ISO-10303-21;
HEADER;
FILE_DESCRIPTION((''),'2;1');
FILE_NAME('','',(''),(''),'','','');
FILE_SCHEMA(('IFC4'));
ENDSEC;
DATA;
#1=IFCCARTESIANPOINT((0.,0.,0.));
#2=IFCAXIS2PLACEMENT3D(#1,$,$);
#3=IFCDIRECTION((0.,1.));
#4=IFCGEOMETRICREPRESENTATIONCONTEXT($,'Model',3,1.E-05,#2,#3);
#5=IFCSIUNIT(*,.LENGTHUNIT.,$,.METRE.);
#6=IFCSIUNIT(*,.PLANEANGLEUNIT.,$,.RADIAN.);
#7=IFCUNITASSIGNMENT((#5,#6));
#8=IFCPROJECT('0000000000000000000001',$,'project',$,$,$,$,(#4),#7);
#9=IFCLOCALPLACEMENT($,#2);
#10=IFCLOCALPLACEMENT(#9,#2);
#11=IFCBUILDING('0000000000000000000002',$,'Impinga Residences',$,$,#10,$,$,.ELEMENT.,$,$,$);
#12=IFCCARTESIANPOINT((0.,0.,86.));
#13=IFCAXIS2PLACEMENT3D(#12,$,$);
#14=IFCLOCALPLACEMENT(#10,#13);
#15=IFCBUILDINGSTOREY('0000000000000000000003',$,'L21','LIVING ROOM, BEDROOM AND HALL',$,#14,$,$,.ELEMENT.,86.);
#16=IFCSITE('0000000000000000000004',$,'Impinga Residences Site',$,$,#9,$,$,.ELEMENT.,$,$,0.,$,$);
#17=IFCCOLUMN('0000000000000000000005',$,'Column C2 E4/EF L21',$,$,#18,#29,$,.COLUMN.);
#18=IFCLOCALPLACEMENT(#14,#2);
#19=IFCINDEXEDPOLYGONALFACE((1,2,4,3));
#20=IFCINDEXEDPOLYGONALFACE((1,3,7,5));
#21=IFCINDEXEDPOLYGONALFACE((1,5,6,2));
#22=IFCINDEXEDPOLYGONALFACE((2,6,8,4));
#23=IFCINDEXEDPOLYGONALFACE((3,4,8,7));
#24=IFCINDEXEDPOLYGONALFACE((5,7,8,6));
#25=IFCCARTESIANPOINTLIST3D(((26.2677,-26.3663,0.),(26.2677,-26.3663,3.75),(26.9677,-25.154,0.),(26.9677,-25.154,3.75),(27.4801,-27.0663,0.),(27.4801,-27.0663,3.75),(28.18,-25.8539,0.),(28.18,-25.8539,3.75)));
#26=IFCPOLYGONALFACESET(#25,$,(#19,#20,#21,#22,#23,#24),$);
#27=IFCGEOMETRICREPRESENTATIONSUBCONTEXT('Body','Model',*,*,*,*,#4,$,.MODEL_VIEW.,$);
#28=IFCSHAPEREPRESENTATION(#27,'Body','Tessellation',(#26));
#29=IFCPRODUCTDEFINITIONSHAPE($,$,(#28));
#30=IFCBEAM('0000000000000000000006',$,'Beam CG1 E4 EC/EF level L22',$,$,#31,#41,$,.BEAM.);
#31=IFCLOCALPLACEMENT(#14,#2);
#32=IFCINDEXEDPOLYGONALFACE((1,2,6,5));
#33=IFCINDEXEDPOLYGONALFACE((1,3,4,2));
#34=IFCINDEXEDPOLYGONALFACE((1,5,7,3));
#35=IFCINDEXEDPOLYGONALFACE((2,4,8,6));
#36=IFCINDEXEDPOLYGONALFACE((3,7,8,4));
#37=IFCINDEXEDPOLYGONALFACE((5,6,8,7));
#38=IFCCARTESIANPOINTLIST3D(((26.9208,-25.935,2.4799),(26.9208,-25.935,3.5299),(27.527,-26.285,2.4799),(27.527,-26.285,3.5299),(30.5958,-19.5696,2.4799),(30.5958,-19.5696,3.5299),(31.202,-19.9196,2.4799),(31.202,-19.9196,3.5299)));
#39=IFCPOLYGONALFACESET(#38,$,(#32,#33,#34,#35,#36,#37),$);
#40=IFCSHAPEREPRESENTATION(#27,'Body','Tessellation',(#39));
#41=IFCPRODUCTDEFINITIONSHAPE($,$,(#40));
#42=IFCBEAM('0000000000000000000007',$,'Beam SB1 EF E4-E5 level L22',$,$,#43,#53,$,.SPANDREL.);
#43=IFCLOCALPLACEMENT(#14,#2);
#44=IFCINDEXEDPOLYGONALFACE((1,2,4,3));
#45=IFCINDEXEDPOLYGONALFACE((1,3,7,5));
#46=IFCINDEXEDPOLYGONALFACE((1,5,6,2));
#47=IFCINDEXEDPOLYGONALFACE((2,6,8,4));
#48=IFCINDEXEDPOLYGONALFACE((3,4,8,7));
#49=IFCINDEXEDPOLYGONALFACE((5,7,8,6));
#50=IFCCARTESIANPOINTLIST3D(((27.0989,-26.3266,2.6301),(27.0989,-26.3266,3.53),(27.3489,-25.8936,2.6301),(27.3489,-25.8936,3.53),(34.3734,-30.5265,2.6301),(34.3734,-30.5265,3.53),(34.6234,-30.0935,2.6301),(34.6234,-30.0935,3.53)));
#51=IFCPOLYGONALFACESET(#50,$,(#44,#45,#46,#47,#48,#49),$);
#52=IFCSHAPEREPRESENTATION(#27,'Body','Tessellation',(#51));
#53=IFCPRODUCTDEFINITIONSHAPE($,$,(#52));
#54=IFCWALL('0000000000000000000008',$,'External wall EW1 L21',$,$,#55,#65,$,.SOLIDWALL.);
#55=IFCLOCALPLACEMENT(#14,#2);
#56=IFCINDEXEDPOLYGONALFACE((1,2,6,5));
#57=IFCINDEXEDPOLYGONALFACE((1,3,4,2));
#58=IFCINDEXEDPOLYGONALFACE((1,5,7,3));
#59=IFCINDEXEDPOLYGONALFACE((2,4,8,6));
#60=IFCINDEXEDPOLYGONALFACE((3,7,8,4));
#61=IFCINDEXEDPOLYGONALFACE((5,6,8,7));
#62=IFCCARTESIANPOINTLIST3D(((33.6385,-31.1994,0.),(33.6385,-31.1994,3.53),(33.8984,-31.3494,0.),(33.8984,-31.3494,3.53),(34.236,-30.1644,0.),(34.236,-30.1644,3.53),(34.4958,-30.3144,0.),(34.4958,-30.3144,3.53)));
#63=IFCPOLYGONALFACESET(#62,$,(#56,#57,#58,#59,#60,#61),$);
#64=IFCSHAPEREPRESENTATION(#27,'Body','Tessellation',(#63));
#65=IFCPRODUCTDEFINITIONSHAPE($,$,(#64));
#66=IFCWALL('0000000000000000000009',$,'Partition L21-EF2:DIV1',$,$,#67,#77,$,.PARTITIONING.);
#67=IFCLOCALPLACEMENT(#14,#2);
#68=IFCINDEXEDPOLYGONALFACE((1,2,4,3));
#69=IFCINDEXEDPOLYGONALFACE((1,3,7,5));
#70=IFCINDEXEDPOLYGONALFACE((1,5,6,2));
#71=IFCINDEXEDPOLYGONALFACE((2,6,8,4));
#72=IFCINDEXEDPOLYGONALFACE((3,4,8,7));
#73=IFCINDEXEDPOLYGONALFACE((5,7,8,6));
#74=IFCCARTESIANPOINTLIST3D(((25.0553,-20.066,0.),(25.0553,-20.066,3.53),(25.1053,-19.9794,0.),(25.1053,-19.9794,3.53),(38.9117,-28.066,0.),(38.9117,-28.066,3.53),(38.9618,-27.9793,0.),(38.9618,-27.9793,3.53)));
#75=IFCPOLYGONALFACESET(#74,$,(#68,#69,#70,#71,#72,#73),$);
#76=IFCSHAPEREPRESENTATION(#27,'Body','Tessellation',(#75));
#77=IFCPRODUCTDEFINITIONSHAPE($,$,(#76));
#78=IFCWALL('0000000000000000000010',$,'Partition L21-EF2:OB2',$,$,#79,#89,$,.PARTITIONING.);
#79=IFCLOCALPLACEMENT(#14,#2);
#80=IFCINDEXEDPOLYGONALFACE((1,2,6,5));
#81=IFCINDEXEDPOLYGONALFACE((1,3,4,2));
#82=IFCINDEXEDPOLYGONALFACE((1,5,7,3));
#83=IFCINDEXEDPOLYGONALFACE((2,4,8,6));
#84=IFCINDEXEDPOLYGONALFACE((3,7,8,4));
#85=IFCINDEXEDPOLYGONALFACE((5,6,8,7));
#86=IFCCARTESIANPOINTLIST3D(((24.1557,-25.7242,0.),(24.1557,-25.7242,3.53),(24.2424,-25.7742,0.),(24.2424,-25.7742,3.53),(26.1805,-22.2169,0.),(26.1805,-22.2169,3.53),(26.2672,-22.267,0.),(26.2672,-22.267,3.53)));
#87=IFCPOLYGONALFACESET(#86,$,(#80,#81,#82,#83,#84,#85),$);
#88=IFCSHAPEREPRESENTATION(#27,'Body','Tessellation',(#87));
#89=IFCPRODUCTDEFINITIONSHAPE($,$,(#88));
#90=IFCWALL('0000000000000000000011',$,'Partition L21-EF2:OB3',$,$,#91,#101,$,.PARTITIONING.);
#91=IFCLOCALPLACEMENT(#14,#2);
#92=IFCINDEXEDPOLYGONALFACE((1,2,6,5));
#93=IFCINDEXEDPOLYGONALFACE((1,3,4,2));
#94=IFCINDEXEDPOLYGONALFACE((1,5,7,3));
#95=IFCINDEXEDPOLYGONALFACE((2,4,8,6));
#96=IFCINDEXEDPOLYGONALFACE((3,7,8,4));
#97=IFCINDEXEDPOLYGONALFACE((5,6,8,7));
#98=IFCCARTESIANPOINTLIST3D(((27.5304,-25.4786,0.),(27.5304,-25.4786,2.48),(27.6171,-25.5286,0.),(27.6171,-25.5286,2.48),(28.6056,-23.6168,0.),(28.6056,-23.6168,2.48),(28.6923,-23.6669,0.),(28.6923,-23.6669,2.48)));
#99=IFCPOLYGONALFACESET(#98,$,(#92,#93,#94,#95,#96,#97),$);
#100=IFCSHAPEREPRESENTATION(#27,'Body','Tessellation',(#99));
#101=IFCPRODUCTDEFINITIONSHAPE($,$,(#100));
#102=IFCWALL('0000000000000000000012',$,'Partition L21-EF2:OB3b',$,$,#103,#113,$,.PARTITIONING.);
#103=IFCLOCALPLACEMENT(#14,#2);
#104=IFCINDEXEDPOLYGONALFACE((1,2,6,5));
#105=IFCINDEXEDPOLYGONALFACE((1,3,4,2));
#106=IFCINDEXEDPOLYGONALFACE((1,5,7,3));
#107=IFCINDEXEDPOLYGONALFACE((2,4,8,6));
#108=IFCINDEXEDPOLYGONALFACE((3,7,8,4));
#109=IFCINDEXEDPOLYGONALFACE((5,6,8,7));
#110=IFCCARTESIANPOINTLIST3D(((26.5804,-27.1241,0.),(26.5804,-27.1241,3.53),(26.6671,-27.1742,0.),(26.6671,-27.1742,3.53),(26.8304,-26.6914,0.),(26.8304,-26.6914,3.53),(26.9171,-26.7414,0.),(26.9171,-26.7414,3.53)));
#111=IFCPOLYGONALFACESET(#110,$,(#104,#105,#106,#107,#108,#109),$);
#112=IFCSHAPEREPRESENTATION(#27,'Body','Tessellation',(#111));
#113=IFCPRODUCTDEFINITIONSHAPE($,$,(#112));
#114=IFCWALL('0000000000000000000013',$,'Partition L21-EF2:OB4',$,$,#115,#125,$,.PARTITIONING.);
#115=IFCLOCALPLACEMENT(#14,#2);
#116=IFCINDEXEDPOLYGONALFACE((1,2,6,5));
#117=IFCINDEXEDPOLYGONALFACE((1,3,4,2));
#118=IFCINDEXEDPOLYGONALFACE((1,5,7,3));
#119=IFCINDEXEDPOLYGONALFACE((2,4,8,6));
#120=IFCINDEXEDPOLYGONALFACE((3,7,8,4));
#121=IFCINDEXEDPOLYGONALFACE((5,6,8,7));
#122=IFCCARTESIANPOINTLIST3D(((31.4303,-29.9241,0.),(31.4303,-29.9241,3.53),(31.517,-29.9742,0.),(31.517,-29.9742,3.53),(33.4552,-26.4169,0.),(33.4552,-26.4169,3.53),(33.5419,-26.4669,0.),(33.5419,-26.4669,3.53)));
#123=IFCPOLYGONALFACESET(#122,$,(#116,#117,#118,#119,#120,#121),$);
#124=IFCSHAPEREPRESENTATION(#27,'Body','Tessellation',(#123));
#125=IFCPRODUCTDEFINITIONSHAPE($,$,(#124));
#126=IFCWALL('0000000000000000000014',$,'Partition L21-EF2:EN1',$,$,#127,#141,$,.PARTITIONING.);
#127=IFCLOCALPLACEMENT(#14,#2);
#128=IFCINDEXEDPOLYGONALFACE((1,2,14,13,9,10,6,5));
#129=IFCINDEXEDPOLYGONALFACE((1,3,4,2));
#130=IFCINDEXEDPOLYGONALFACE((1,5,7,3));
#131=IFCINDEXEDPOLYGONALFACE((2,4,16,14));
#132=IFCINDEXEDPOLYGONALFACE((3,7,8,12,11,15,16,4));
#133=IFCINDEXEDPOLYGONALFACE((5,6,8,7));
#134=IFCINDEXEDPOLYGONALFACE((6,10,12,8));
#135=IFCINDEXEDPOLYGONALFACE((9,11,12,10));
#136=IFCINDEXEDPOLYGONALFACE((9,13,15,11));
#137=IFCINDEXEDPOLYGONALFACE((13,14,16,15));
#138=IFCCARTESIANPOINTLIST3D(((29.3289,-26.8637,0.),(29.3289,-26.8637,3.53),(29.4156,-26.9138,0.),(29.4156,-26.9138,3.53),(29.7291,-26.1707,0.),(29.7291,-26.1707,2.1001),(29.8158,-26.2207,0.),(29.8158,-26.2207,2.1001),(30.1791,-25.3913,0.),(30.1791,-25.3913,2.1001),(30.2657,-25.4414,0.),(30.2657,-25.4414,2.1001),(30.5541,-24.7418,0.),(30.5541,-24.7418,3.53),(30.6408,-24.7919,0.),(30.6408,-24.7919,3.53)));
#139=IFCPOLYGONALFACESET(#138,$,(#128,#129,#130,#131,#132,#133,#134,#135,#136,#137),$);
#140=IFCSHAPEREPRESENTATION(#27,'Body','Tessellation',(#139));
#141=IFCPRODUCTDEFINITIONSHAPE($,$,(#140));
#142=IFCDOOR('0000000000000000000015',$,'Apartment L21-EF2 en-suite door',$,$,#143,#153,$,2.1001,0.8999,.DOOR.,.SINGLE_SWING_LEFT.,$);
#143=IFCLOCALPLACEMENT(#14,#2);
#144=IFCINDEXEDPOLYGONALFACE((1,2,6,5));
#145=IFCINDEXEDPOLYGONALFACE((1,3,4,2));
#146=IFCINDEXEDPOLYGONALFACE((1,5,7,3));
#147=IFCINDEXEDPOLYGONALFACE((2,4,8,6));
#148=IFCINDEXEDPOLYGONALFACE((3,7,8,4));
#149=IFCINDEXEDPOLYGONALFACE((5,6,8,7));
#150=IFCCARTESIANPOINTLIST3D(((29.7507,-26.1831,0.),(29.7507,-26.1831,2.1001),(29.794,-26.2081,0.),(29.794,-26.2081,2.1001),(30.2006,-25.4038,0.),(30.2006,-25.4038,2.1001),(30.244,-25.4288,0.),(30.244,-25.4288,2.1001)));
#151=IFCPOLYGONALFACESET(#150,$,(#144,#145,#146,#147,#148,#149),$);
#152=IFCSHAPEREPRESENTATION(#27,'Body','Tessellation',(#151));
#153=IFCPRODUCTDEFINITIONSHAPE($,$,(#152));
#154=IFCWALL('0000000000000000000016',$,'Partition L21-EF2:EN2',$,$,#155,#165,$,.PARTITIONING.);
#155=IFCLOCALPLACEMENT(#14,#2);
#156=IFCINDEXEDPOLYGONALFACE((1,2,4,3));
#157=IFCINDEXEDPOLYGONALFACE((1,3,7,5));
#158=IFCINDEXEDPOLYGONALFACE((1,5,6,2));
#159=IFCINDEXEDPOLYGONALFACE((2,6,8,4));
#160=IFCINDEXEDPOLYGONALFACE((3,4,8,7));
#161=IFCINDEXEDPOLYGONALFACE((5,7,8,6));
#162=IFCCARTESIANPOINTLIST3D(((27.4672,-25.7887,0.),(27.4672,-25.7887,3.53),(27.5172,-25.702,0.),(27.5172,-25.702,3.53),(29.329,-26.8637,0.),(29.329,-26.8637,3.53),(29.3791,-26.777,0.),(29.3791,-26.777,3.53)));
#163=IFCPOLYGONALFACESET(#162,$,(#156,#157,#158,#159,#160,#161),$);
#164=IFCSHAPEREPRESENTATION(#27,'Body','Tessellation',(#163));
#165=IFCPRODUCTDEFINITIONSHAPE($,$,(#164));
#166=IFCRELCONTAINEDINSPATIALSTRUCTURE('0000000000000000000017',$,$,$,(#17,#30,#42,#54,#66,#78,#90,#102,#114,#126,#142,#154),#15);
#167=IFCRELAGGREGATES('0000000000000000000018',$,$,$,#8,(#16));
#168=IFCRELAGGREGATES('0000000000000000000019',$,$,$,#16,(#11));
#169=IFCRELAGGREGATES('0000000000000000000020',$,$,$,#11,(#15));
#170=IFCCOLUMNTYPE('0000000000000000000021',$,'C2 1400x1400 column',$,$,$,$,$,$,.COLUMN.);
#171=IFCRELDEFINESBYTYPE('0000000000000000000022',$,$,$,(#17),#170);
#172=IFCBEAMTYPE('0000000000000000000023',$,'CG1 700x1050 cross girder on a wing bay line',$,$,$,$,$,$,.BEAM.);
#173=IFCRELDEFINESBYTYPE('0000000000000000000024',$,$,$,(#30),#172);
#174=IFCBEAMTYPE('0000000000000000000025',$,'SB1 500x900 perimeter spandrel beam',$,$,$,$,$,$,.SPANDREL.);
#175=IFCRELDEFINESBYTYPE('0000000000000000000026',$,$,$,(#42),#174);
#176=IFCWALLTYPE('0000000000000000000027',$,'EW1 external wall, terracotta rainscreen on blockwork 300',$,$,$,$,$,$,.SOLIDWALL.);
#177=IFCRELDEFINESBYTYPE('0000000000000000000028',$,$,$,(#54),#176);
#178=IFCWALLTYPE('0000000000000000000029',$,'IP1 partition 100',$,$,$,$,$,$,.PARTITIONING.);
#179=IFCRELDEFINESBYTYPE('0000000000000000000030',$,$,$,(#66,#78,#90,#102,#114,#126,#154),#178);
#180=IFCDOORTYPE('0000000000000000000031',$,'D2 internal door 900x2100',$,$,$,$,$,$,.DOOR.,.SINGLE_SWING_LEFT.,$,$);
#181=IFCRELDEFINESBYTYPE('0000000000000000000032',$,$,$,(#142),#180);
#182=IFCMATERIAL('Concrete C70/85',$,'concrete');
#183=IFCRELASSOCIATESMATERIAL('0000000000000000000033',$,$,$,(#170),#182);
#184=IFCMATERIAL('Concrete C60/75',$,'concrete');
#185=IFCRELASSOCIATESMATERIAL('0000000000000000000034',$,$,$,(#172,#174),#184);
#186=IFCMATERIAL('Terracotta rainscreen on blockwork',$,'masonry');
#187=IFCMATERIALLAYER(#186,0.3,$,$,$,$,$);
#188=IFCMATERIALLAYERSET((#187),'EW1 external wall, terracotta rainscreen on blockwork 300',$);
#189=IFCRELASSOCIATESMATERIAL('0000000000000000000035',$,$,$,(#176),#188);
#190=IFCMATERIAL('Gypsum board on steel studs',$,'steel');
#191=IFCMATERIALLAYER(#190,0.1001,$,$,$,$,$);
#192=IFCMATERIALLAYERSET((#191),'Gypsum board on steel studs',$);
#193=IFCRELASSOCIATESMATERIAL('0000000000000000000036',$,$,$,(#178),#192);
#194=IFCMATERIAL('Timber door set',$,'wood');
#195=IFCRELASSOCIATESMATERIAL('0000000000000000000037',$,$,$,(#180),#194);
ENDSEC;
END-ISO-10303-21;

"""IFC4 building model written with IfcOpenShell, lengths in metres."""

from ifc_helpers import new_model, si_unit, direction, frame, frame_2d, origin, origin_2d, place, context, subcontext, project, spatial, rectangle, extrude, material, layer, layer_set, material_profile, profile_set, type_object, element, fill, save


model = new_model("IFC4")

# Units and contexts
model_context = context("Model", 3, precision=1e-05, world=origin(), true_north=direction((0.0, 1.0)))
body_context = subcontext(model_context, "Body", "Model", "MODEL_VIEW")
ifc_project = project(units=[si_unit("LENGTHUNIT", "METRE"), si_unit("PLANEANGLEUNIT", "RADIAN")], contexts=[model_context])

# Site, building, storey
site_placement = place(None, origin())
site = spatial("IfcSite", under=ifc_project, at=site_placement, Name="Impinga Residences Site", CompositionType="ELEMENT", RefElevation=0.0)
building_placement = place(site_placement, origin())
building = spatial("IfcBuilding", under=site, at=building_placement, Name="Impinga Residences", CompositionType="ELEMENT")
storey_placement = place(building_placement, frame((0.0, 0.0, 86.0)))
storey = spatial("IfcBuildingStorey", under=building, at=storey_placement, Name="L21", Description="LIVING ROOM, BEDROOM AND HALL", CompositionType="ELEMENT", Elevation=86.0)

# Column
ifc_material_1 = material(Name="Concrete C70/85", Category="concrete")
ifc_material_profile_1 = material_profile(ifc_material_1, rectangle(XDim=1.3999, YDim=1.3999, at=origin_2d()), Name="RC 1400x1400")
ifc_profile_set_1 = profile_set([ifc_material_profile_1], Name="Concrete C70/85")
column_type = type_object("IfcColumnType", Name="C2 1400x1400 column", PredefinedType="COLUMN", material=ifc_profile_set_1)
column_placement = place(storey_placement, frame((27.2239, -26.1101, 0.0), z_axis=(0.0, 0.0, 1.0), x_axis=(-0.5, -0.866025, 0.0)))
element("IfcColumn", 1, at=column_placement, inside=storey, type_object=column_type, Name="Column C2 E4/EF L21", PredefinedType="COLUMN", context=body_context, shape_type="SweptSolid", body=[
    extrude(rectangle(XDim=1.3999, YDim=1.3999, at=origin_2d()), origin(), (0.0, 0.0, 1.0), 3.75),
])

# Beams
ifc_material_2 = material(Name="Concrete C60/75", Category="concrete")
ifc_material_profile_2 = material_profile(ifc_material_2, rectangle(XDim=0.7, YDim=1.05, at=origin_2d()), Name="RC 700x1050")
ifc_profile_set_2 = profile_set([ifc_material_profile_2], Name="Concrete C60/75")
beam_type_1 = type_object("IfcBeamType", Name="CG1 700x1050 cross girder on a wing bay line", PredefinedType="BEAM", material=ifc_profile_set_2)
beam_1_placement = place(storey_placement, frame((30.8989, -19.7446, 3.0049), z_axis=(-0.499994, -0.866029, 0.0), x_axis=(0.866029, -0.499994, 0.0)))
element("IfcBeam", 2, at=beam_1_placement, inside=storey, type_object=beam_type_1, Name="Beam CG1 E4 EC/EF level L22", PredefinedType="BEAM", context=body_context, shape_type="SweptSolid", body=[
    extrude(rectangle(XDim=0.7, YDim=1.05, at=origin_2d()), origin(), (0.0, 0.0, 1.0), 7.3501),
])
ifc_material_profile_3 = material_profile(ifc_material_2, rectangle(XDim=0.5, YDim=0.8999, at=origin_2d()), Name="RC 500x900")
ifc_profile_set_3 = profile_set([ifc_material_profile_3], Name="Concrete C60/75")
beam_type_2 = type_object("IfcBeamType", Name="SB1 500x900 perimeter spandrel beam", PredefinedType="SPANDREL", material=ifc_profile_set_3)
beam_2_placement = place(storey_placement, frame((27.2239, -26.1101, 3.0801), z_axis=(0.866029, -0.499993, 0.0), x_axis=(0.499993, 0.866029, 0.0)))
element("IfcBeam", 3, at=beam_2_placement, inside=storey, type_object=beam_type_2, Name="Beam SB1 EF E4-E5 level L22", PredefinedType="SPANDREL", context=body_context, shape_type="SweptSolid", body=[
    extrude(rectangle(XDim=0.5, YDim=0.8999, at=origin_2d()), origin(), (0.0, 0.0, 1.0), 8.3999),
])

# Wall
ifc_material_3 = material(Name="Terracotta rainscreen on blockwork", Category="masonry")
ifc_layer_1 = layer(ifc_material_3, 0.3)
ifc_layer_set_1 = layer_set([ifc_layer_1], Name="EW1 external wall, terracotta rainscreen on blockwork 300")
wall_type_1 = type_object("IfcWallType", Name="EW1 external wall, terracotta rainscreen on blockwork 300", PredefinedType="SOLIDWALL", material=ifc_layer_set_1)
wall_1_placement = place(storey_placement, frame((34.366, -30.2393, 0.0), z_axis=(0.0, 0.0, 1.0), x_axis=(-0.499941, -0.86606, 0.0)))
element("IfcWall", 4, at=wall_1_placement, inside=storey, type_object=wall_type_1, Name="External wall EW1 L21", PredefinedType="SOLIDWALL", context=body_context, shape_type="SweptSolid", body=[
    extrude(rectangle(XDim=1.1951, YDim=0.3, at=frame_2d((0.5977, 0.0))), origin(), (0.0, 0.0, 1.0), 3.53),
])

# Walls
ifc_material_4 = material(Name="Gypsum board on steel studs", Category="steel")
ifc_layer_2 = layer(ifc_material_4, 0.1001)
ifc_layer_set_2 = layer_set([ifc_layer_2], Name="Gypsum board on steel studs")
wall_type_2 = type_object("IfcWallType", Name="IP1 partition 100", PredefinedType="PARTITIONING", material=ifc_layer_set_2)
wall_2_placement = place(storey_placement, frame((25.0803, -20.0227, 0.0), z_axis=(0.0, 0.0, 1.0), x_axis=(0.866026, -0.499999, 0.0)))
element("IfcWall", 5, at=wall_2_placement, inside=storey, type_object=wall_type_2, Name="Partition L21-EF2:DIV1", PredefinedType="PARTITIONING", context=body_context, shape_type="SweptSolid", body=[
    extrude(rectangle(XDim=16.0, YDim=0.1001, at=frame_2d((8.0, 0.0))), origin(), (0.0, 0.0, 1.0), 3.53),
])
wall_3_placement = place(storey_placement, frame((26.2239, -22.2419, 0.0), z_axis=(0.0, 0.0, 1.0), x_axis=(-0.49999, -0.866031, 0.0)))
element("IfcWall", 6, at=wall_3_placement, inside=storey, type_object=wall_type_2, Name="Partition L21-EF2:OB2", PredefinedType="PARTITIONING", context=body_context, shape_type="SweptSolid", body=[
    extrude(rectangle(XDim=4.0498, YDim=0.1001, at=frame_2d((2.0249, 0.0))), origin(), (0.0, 0.0, 1.0), 3.53),
])
wall_4_placement = place(storey_placement, frame((28.6489, -23.6418, 0.0), z_axis=(0.0, 0.0, 1.0), x_axis=(-0.500096, -0.86597, 0.0)))
element("IfcWall", 7, at=wall_4_placement, inside=storey, type_object=wall_type_2, Name="Partition L21-EF2:OB3", PredefinedType="PARTITIONING", context=body_context, shape_type="SweptSolid", body=[
    extrude(rectangle(XDim=2.1499, YDim=0.1001, at=frame_2d((1.075, 0.0))), origin(), (0.0, 0.0, 1.0), 2.48),
])
wall_5_placement = place(storey_placement, frame((26.8738, -26.7163, 0.0), z_axis=(0.0, 0.0, 1.0), x_axis=(-0.500131, -0.86595, 0.0)))
element("IfcWall", 8, at=wall_5_placement, inside=storey, type_object=wall_type_2, Name="Partition L21-EF2:OB3b", PredefinedType="PARTITIONING", context=body_context, shape_type="SweptSolid", body=[
    extrude(rectangle(XDim=0.4998, YDim=0.1001, at=frame_2d((0.25, 0.0))), origin(), (0.0, 0.0, 1.0), 3.53),
])
wall_6_placement = place(storey_placement, frame((33.4985, -26.4419, 0.0), z_axis=(0.0, 0.0, 1.0), x_axis=(-0.49999, -0.866031, 0.0)))
element("IfcWall", 9, at=wall_6_placement, inside=storey, type_object=wall_type_2, Name="Partition L21-EF2:OB4", PredefinedType="PARTITIONING", context=body_context, shape_type="SweptSolid", body=[
    extrude(rectangle(XDim=4.0498, YDim=0.1001, at=frame_2d((2.0249, 0.0))), origin(), (0.0, 0.0, 1.0), 3.53),
])

# Wall, opening, door
wall_7_placement = place(storey_placement, frame((30.5974, -24.7668, 0.0), z_axis=(0.0, 0.0, 1.0), x_axis=(-0.500019, -0.866015, 0.0)))
wall_7 = element("IfcWall", 10, at=wall_7_placement, inside=storey, type_object=wall_type_2, Name="Partition L21-EF2:EN1", PredefinedType="PARTITIONING", context=body_context, shape_type="SweptSolid", body=[
    extrude(rectangle(XDim=2.4502, YDim=0.1001, at=frame_2d((1.2251, 0.0))), origin(), (0.0, 0.0, 1.0), 3.53),
])
opening_1_placement = place(wall_7_placement, frame((0.75, 0.0, 0.0)))
opening_1 = element("IfcOpeningElement", 11, at=opening_1_placement, cuts=wall_7, PredefinedType="OPENING", context=body_context, shape_type="SweptSolid", body=[
    extrude(rectangle(XDim=0.8999, YDim=2.1001, at=frame_2d((0.45, 1.05))), frame((0.0, 0.0601, 0.0), z_axis=(0.0, -1.0, 0.0), x_axis=(1.0, 0.0, 0.0)), (0.0, 0.0, 1.0), 0.1201),
])
ifc_material_5 = material(Name="Timber door set", Category="wood")
door_type = type_object("IfcDoorType", Name="D2 internal door 900x2100", OperationType="SINGLE_SWING_LEFT", PredefinedType="DOOR", material=ifc_material_5)
door_placement = place(opening_1_placement, origin())
door = element("IfcDoor", 12, at=door_placement, inside=storey, type_object=door_type, Name="Apartment L21-EF2 en-suite door", OperationType="SINGLE_SWING_LEFT", OverallHeight=2.1001, OverallWidth=0.8999, PredefinedType="DOOR", context=body_context, shape_type="SweptSolid", body=[
    extrude(rectangle(XDim=0.8999, YDim=2.1001, at=frame_2d((0.45, 1.05))), frame((0.0, 0.0249, 0.0), z_axis=(0.0, -1.0, 0.0), x_axis=(1.0, 0.0, 0.0)), (0.0, 0.0, 1.0), 0.05),
])
fill(opening_1, door)

# Wall
wall_8_placement = place(storey_placement, frame((27.4922, -25.7454, 0.0), z_axis=(0.0, 0.0, 1.0), x_axis=(0.866019, -0.500011, 0.0)))
element("IfcWall", 13, at=wall_8_placement, inside=storey, type_object=wall_type_2, Name="Partition L21-EF2:EN2", PredefinedType="PARTITIONING", context=body_context, shape_type="SweptSolid", body=[
    extrude(rectangle(XDim=2.1499, YDim=0.1001, at=frame_2d((1.075, 0.0))), origin(), (0.0, 0.0, 1.0), 3.53),
])

save(model, "model.ifc")
